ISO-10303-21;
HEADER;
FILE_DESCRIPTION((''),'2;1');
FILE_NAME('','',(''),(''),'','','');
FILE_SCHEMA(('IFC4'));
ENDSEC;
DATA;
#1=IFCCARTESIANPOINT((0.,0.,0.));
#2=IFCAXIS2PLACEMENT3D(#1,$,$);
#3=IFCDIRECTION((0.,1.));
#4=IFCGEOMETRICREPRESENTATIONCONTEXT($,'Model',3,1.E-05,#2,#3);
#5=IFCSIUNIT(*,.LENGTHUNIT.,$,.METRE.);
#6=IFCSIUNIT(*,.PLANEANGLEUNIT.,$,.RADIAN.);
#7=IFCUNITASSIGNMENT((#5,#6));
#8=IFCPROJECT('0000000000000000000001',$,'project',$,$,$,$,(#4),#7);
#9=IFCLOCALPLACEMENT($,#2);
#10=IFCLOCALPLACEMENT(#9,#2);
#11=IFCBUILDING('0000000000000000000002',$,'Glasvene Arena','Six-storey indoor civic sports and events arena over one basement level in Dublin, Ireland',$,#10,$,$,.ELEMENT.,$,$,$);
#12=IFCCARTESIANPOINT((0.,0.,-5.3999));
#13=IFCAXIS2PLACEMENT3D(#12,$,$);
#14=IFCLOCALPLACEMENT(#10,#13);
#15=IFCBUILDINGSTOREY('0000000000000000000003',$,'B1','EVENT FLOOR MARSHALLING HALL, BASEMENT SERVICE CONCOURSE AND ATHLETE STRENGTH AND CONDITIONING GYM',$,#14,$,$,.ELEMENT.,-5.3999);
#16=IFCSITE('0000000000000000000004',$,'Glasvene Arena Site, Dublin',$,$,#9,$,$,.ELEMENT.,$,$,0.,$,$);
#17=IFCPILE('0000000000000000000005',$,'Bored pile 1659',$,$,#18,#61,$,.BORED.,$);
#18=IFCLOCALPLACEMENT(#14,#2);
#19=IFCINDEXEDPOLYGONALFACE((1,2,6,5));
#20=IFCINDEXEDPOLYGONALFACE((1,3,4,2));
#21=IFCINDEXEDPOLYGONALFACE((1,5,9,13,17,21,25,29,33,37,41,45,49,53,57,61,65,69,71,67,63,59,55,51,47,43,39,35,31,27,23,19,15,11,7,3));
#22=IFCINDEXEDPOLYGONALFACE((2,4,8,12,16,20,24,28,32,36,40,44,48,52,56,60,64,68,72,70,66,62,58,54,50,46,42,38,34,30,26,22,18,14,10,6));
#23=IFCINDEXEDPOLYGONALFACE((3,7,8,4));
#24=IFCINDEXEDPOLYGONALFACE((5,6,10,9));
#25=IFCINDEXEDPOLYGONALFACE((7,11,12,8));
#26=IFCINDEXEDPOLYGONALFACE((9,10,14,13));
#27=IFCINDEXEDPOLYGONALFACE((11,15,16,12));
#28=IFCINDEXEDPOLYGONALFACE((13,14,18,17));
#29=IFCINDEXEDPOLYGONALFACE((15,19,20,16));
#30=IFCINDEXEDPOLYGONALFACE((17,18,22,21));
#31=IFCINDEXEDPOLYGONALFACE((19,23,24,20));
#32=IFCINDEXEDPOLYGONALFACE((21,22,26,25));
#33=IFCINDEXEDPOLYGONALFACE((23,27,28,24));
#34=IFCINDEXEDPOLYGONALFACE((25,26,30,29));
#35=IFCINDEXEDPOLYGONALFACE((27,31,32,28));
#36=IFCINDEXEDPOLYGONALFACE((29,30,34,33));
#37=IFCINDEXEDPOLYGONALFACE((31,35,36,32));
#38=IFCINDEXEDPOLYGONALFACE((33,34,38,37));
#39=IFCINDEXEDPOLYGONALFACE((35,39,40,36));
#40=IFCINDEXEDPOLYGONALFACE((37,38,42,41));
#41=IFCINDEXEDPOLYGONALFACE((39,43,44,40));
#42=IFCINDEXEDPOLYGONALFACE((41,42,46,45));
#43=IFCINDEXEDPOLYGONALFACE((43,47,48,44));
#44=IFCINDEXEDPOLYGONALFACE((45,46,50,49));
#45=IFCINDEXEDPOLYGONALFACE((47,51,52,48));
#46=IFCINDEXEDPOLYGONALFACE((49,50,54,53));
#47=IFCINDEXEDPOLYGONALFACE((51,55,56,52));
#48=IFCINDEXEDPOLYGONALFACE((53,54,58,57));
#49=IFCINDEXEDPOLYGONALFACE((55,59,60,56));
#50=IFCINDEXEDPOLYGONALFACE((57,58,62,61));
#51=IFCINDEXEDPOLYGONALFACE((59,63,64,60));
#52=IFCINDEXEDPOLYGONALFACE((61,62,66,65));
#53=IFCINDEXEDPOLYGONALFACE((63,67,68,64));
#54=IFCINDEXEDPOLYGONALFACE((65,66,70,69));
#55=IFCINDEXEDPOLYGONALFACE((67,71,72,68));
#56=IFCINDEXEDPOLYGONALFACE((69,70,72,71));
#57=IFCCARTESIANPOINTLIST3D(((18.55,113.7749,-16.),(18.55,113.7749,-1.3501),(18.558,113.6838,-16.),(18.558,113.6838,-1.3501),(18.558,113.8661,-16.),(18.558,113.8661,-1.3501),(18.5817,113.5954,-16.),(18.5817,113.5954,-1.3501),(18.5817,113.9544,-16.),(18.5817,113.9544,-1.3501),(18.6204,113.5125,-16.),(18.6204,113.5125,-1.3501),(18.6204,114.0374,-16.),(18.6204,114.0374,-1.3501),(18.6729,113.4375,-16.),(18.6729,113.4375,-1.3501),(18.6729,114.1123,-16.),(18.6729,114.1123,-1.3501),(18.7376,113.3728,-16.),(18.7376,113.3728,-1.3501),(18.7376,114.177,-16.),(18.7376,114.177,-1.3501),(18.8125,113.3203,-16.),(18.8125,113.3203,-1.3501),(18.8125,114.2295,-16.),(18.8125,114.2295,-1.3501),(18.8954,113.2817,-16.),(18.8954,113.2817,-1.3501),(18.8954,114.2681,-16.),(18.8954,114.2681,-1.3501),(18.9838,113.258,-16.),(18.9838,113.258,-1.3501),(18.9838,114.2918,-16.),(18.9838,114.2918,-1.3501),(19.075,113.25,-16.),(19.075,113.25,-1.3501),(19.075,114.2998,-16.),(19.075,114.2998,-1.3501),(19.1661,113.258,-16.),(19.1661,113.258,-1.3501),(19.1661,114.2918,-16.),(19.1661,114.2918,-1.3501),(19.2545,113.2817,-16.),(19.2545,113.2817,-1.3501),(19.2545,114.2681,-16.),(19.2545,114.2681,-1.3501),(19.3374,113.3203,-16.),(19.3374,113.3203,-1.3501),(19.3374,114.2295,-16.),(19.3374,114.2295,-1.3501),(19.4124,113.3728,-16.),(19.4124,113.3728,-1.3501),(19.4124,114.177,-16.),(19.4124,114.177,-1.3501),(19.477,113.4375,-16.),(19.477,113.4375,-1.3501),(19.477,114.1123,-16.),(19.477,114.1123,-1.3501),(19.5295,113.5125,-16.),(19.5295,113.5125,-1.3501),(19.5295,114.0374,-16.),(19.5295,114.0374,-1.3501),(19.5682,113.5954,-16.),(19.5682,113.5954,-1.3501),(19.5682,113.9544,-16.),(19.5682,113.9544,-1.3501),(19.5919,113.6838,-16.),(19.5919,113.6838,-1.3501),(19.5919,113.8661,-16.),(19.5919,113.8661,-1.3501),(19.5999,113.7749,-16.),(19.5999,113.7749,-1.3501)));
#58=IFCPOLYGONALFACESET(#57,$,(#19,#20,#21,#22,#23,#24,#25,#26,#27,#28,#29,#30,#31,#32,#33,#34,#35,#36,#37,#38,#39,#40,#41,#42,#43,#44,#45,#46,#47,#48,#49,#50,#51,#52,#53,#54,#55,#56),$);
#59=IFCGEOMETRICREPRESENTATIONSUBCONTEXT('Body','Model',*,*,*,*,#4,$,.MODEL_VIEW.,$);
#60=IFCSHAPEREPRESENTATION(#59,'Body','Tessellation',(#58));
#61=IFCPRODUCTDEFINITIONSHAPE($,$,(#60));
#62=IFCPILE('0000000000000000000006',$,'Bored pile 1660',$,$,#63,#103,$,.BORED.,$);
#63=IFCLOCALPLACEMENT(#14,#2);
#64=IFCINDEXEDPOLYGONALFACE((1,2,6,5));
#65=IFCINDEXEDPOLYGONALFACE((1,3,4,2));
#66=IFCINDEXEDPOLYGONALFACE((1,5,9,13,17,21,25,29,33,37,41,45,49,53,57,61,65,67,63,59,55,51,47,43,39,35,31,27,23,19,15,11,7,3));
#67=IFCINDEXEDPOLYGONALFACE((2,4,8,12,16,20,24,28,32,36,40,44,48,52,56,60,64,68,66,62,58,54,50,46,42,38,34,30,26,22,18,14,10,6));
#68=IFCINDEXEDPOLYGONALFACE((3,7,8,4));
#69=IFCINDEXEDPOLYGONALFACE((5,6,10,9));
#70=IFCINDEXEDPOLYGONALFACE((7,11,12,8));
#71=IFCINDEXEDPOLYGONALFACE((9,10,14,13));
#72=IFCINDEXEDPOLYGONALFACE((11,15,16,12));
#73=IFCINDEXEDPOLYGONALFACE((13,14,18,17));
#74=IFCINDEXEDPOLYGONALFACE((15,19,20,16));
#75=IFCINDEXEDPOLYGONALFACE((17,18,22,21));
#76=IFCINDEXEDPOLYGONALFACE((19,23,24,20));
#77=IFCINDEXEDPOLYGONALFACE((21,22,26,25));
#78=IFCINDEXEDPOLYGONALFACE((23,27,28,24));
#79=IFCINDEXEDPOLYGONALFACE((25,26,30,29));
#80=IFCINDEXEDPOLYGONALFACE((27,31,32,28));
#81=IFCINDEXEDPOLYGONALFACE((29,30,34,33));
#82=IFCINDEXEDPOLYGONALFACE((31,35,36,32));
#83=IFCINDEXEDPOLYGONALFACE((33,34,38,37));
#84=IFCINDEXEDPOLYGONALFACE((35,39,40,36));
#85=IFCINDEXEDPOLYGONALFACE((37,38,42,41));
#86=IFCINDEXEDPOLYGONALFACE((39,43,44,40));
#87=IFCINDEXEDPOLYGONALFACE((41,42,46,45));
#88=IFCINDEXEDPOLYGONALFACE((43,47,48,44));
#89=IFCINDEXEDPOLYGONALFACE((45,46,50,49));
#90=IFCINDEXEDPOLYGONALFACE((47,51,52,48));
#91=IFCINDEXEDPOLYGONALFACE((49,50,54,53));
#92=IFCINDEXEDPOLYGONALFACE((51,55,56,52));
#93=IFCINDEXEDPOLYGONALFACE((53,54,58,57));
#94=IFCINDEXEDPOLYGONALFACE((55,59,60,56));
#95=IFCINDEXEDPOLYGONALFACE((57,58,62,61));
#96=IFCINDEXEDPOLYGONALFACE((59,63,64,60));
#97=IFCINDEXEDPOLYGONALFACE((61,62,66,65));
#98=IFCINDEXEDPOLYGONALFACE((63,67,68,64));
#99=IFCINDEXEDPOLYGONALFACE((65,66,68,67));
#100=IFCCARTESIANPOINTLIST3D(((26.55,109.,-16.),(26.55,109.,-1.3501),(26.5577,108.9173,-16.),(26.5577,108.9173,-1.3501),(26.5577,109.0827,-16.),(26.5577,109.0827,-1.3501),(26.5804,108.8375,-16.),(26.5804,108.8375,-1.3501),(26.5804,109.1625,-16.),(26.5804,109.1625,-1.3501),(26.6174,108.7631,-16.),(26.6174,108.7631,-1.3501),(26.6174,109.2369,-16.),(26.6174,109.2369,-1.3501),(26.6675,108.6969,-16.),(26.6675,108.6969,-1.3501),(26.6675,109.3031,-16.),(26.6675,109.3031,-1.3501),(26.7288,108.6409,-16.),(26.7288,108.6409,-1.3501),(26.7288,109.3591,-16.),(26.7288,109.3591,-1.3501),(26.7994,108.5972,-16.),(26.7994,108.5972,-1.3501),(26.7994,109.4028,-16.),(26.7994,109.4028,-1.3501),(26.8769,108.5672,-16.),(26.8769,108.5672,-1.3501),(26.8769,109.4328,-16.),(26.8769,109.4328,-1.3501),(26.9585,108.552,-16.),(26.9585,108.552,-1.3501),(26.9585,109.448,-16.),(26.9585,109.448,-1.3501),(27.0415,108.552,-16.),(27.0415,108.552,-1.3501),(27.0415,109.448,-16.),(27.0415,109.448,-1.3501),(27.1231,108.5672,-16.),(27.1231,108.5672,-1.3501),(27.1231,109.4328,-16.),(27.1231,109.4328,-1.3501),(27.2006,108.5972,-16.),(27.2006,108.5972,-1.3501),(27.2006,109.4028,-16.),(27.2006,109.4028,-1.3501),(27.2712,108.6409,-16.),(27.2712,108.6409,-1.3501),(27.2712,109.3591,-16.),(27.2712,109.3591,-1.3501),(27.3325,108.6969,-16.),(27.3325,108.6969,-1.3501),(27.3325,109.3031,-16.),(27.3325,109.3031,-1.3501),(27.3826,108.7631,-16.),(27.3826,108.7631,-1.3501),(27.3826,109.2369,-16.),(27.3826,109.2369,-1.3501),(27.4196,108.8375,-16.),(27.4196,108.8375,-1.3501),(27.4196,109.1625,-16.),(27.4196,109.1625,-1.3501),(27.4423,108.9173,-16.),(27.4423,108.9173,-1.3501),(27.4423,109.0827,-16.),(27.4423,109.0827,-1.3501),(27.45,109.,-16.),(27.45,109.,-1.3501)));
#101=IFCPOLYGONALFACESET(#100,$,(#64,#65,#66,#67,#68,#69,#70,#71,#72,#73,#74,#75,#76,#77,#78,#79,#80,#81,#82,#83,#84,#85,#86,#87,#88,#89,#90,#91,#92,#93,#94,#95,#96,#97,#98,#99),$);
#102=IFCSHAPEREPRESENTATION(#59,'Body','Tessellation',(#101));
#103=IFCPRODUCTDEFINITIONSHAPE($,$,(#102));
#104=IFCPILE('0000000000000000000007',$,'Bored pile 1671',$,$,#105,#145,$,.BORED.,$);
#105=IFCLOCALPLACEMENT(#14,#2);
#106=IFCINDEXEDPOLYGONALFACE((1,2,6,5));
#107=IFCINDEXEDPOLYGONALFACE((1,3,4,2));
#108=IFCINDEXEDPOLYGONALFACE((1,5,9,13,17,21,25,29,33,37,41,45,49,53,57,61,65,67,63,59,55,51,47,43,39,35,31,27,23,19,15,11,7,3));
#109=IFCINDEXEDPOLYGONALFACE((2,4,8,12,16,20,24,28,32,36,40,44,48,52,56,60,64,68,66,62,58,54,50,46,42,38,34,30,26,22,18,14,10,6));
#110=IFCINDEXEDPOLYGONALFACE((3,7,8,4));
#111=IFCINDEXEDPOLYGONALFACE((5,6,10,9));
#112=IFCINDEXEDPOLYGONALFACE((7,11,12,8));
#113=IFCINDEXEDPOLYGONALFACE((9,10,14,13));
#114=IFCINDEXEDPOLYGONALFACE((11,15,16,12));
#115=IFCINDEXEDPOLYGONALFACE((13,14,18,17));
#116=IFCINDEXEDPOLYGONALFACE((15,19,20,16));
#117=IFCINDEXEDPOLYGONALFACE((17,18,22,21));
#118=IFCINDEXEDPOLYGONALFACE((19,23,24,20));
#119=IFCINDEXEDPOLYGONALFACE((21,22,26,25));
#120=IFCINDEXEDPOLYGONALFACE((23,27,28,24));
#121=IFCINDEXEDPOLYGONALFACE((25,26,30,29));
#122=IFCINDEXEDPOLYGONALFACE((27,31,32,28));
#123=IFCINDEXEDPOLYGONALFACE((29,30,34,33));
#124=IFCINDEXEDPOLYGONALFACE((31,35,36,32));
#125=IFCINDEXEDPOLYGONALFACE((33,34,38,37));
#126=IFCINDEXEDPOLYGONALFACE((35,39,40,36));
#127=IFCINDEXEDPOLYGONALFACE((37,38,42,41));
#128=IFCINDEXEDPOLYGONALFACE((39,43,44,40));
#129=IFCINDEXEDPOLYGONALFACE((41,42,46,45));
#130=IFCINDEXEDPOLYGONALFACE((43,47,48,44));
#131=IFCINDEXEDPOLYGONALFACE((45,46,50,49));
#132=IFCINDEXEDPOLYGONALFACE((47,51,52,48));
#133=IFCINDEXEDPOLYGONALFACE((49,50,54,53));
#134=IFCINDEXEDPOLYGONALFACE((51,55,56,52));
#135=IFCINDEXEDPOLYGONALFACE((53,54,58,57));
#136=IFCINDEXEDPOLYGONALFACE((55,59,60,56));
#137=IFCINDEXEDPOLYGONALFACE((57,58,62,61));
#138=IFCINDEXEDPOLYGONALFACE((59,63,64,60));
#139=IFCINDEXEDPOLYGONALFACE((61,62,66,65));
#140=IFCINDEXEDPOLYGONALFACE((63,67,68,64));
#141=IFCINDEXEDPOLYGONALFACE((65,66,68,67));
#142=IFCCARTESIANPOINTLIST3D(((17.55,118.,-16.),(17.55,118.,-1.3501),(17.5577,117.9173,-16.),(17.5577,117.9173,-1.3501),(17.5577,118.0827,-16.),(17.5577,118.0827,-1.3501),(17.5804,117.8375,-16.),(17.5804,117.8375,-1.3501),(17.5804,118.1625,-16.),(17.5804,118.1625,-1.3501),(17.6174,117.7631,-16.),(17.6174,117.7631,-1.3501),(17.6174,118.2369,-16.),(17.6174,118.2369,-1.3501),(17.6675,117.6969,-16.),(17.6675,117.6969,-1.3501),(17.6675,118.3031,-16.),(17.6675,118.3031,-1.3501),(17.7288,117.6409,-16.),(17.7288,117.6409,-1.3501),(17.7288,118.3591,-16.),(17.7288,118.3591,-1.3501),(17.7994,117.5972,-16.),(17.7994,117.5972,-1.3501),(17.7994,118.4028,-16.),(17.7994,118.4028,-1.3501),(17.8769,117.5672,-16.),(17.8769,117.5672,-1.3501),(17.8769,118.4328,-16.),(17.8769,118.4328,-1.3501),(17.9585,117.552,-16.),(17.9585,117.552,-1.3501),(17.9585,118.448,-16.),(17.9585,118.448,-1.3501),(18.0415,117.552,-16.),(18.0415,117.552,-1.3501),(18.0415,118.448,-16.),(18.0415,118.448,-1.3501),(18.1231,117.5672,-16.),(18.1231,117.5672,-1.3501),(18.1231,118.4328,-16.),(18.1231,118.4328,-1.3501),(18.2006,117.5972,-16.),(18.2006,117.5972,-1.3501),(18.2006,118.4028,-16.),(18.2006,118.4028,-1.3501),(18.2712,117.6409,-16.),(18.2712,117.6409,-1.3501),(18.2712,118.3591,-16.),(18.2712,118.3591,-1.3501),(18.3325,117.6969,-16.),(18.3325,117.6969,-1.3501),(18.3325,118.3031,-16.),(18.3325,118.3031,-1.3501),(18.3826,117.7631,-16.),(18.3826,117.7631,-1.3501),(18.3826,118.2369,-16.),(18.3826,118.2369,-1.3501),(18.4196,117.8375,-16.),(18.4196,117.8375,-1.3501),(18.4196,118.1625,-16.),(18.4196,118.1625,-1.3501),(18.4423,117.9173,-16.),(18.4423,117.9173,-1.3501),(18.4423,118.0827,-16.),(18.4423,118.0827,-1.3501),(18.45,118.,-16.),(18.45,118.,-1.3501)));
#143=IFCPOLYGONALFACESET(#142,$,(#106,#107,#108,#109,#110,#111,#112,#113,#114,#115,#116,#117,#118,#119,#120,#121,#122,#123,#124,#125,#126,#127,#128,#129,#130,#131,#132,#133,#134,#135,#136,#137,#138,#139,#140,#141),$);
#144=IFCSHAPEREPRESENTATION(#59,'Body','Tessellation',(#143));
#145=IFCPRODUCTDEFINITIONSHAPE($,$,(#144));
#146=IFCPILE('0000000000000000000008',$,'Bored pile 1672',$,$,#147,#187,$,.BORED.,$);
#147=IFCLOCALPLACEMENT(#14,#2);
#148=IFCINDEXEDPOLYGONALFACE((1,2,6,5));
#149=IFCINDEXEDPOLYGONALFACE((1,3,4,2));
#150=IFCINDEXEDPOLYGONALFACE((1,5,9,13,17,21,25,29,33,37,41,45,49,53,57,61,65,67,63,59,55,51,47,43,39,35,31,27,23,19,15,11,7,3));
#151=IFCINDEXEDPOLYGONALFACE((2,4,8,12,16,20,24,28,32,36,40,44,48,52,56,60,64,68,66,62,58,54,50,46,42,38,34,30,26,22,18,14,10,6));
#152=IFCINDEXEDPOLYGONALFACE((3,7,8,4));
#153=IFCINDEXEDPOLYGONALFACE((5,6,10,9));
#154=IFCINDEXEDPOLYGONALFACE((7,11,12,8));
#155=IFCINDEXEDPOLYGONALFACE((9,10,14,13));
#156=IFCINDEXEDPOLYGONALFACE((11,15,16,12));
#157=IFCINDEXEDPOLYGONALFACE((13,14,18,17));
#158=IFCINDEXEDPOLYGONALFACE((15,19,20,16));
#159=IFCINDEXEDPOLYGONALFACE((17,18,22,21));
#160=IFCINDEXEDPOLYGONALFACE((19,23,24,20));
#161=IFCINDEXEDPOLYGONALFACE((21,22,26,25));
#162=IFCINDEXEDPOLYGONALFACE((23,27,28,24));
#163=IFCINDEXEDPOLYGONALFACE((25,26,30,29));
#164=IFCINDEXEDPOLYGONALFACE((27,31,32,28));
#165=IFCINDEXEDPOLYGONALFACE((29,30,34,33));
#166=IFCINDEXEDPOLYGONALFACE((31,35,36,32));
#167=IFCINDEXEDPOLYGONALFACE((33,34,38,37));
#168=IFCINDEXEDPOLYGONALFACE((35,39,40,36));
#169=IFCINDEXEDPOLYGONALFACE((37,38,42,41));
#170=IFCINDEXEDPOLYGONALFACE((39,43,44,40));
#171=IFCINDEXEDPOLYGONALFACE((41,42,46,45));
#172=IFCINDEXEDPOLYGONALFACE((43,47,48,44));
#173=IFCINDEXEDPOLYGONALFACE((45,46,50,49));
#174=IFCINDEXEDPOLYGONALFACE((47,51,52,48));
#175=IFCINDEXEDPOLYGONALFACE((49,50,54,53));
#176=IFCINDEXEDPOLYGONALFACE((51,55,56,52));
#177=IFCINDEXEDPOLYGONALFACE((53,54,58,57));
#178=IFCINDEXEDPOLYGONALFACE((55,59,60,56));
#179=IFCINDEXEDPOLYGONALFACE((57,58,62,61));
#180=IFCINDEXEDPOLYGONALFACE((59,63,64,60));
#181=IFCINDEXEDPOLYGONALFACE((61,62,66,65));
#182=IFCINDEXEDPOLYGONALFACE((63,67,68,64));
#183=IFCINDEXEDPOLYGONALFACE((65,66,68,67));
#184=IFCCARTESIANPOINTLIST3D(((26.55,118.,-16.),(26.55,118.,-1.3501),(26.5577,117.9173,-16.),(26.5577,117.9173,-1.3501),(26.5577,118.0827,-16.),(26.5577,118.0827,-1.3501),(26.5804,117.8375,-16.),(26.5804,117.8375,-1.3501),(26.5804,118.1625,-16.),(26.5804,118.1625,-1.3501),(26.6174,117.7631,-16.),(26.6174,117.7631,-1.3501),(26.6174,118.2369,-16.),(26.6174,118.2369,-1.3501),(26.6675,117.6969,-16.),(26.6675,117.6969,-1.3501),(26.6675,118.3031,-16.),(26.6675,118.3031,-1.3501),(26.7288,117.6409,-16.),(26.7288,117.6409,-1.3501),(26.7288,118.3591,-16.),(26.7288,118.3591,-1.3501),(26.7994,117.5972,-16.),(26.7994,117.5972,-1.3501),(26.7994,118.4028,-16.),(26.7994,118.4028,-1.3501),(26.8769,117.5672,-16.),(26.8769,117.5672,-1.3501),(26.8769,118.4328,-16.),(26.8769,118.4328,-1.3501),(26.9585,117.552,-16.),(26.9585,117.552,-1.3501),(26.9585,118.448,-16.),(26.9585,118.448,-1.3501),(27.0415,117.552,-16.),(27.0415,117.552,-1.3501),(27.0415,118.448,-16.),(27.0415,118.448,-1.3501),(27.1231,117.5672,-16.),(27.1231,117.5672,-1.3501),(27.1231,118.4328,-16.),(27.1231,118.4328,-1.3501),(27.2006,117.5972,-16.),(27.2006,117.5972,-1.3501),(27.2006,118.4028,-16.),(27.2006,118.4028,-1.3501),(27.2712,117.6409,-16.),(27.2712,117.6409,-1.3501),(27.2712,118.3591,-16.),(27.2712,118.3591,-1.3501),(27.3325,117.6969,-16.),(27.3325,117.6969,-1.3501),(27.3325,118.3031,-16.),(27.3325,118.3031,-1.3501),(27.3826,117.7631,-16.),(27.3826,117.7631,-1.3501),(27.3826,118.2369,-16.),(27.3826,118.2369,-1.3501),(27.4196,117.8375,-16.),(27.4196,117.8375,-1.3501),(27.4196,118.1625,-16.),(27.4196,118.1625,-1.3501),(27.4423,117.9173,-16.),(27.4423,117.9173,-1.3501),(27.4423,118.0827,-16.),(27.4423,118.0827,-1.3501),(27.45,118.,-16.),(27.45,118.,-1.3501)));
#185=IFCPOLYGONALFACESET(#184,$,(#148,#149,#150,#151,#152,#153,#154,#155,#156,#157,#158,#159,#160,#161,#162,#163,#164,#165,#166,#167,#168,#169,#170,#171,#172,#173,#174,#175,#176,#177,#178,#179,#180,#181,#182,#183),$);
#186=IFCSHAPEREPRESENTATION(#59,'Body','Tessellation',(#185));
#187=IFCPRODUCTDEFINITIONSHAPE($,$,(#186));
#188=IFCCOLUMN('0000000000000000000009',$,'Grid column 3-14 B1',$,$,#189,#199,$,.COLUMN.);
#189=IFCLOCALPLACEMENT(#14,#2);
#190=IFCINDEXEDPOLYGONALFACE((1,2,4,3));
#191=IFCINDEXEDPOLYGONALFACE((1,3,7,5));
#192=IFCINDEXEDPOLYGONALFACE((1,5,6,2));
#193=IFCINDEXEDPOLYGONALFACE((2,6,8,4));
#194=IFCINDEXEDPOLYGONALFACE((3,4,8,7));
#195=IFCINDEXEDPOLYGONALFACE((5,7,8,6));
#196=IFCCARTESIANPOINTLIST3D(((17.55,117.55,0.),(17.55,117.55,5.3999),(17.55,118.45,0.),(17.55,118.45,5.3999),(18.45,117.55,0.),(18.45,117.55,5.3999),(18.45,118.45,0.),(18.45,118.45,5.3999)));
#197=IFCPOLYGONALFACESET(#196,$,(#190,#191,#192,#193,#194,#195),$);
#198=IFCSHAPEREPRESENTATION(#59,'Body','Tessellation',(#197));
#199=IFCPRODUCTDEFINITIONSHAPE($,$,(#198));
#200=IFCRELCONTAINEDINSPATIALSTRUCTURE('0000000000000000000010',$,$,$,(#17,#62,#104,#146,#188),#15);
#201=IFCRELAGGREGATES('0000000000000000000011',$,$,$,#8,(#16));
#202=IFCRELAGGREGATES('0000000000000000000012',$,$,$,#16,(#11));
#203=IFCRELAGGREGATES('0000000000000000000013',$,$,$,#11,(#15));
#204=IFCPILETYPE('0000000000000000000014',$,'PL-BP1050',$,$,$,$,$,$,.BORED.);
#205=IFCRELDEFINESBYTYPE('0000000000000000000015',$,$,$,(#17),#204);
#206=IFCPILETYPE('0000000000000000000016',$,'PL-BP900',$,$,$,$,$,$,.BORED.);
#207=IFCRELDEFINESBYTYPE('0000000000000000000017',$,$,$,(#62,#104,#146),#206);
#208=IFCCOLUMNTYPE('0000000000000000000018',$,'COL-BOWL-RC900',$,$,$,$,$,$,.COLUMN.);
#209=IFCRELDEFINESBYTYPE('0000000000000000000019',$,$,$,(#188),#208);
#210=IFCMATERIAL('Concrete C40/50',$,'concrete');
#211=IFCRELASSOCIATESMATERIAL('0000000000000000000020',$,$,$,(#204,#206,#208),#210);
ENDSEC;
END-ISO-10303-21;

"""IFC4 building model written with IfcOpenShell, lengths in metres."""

from ifc_helpers import new_model, si_unit, direction, frame, origin, origin_2d, place, context, subcontext, project, spatial, rectangle, circle, extrude, material, material_profile, profile_set, type_object, element, save


model = new_model("IFC4")

# Units and contexts
model_context = context("Model", 3, precision=1e-05, world=origin(), true_north=direction((0.0, 1.0)))
body_context = subcontext(model_context, "Body", "Model", "MODEL_VIEW")
ifc_project = project(units=[si_unit("LENGTHUNIT", "METRE"), si_unit("PLANEANGLEUNIT", "RADIAN")], contexts=[model_context])

# Site, building, storey
site_placement = place(None, origin())
site = spatial("IfcSite", under=ifc_project, at=site_placement, Name="Glasvene Arena Site, Dublin", CompositionType="ELEMENT", RefElevation=0.0)
building_placement = place(site_placement, origin())
building = spatial("IfcBuilding", under=site, at=building_placement, Name="Glasvene Arena", Description="Six-storey indoor civic sports and events arena over one basement level in Dublin, Ireland", CompositionType="ELEMENT")
storey_placement = place(building_placement, frame((0.0, 0.0, -5.3999)))
storey = spatial("IfcBuildingStorey", under=building, at=storey_placement, Name="B1", Description="EVENT FLOOR MARSHALLING HALL, BASEMENT SERVICE CONCOURSE AND ATHLETE STRENGTH AND CONDITIONING GYM", CompositionType="ELEMENT", Elevation=-5.3999)

# Shared definitions
ifc_material_1 = material(Name="Concrete C40/50", Category="concrete")

# Piles
ifc_material_profile_1 = material_profile(ifc_material_1, circle(Radius=0.5249, at=origin_2d()), Name="BORED PILE 1050")
ifc_profile_set_1 = profile_set([ifc_material_profile_1], Name="Concrete C40/50")
pile_type_1 = type_object("IfcPileType", Name="PL-BP1050", PredefinedType="BORED", material=ifc_profile_set_1)
for number, where, z_axis, x_axis, name in (
    (1, (19.075, 113.7749, -1.3501), (0.0, 0.0, -1.0), (1.0, 0.0, 0.0), "Bored pile 1659"),
):
    element("IfcPile", number, at=place(storey_placement, frame(where, z_axis=z_axis, x_axis=x_axis)), inside=storey, type_object=pile_type_1, Name=name, PredefinedType="BORED", context=body_context, shape_type="SweptSolid", body=[
        extrude(circle(Radius=0.5249, at=origin_2d()), origin(), (0.0, 0.0, 1.0), 14.6499),
    ])
ifc_material_profile_2 = material_profile(ifc_material_1, circle(Radius=0.45, at=origin_2d()), Name="BORED PILE 900")
ifc_profile_set_2 = profile_set([ifc_material_profile_2], Name="Concrete C40/50")
pile_type_2 = type_object("IfcPileType", Name="PL-BP900", PredefinedType="BORED", material=ifc_profile_set_2)
for number, where, z_axis, x_axis, name in (
    (2, (27.0, 109.0, -1.3501), (0.0, 0.0, -1.0), (1.0, 0.0, 0.0), "Bored pile 1660"),
    (3, (18.0, 118.0, -1.3501), (0.0, 0.0, -1.0), (1.0, 0.0, 0.0), "Bored pile 1671"),
    (4, (27.0, 118.0, -1.3501), (0.0, 0.0, -1.0), (1.0, 0.0, 0.0), "Bored pile 1672"),
):
    element("IfcPile", number, at=place(storey_placement, frame(where, z_axis=z_axis, x_axis=x_axis)), inside=storey, type_object=pile_type_2, Name=name, PredefinedType="BORED", context=body_context, shape_type="SweptSolid", body=[
        extrude(circle(Radius=0.45, at=origin_2d()), origin(), (0.0, 0.0, 1.0), 14.6499),
    ])

# Column
ifc_material_profile_3 = material_profile(ifc_material_1, rectangle(XDim=0.8999, YDim=0.8999, at=origin_2d()), Name="RC 900x900")
ifc_profile_set_3 = profile_set([ifc_material_profile_3], Name="Concrete C40/50")
column_type_1 = type_object("IfcColumnType", Name="COL-BOWL-RC900", PredefinedType="COLUMN", material=ifc_profile_set_3)
for number, where, z_axis, x_axis, name in (
    (5, (18.0, 118.0, 0.0), (0.0, 0.0, 1.0), (1.0, 0.0, 0.0), "Grid column 3-14 B1"),
):
    element("IfcColumn", number, at=place(storey_placement, frame(where, z_axis=z_axis, x_axis=x_axis)), inside=storey, type_object=column_type_1, Name=name, PredefinedType="COLUMN", context=body_context, shape_type="SweptSolid", body=[
        extrude(rectangle(XDim=0.8999, YDim=0.8999, at=origin_2d()), origin(), (0.0, 0.0, 1.0), 5.3999),
    ])

save(model, "model.ifc")
